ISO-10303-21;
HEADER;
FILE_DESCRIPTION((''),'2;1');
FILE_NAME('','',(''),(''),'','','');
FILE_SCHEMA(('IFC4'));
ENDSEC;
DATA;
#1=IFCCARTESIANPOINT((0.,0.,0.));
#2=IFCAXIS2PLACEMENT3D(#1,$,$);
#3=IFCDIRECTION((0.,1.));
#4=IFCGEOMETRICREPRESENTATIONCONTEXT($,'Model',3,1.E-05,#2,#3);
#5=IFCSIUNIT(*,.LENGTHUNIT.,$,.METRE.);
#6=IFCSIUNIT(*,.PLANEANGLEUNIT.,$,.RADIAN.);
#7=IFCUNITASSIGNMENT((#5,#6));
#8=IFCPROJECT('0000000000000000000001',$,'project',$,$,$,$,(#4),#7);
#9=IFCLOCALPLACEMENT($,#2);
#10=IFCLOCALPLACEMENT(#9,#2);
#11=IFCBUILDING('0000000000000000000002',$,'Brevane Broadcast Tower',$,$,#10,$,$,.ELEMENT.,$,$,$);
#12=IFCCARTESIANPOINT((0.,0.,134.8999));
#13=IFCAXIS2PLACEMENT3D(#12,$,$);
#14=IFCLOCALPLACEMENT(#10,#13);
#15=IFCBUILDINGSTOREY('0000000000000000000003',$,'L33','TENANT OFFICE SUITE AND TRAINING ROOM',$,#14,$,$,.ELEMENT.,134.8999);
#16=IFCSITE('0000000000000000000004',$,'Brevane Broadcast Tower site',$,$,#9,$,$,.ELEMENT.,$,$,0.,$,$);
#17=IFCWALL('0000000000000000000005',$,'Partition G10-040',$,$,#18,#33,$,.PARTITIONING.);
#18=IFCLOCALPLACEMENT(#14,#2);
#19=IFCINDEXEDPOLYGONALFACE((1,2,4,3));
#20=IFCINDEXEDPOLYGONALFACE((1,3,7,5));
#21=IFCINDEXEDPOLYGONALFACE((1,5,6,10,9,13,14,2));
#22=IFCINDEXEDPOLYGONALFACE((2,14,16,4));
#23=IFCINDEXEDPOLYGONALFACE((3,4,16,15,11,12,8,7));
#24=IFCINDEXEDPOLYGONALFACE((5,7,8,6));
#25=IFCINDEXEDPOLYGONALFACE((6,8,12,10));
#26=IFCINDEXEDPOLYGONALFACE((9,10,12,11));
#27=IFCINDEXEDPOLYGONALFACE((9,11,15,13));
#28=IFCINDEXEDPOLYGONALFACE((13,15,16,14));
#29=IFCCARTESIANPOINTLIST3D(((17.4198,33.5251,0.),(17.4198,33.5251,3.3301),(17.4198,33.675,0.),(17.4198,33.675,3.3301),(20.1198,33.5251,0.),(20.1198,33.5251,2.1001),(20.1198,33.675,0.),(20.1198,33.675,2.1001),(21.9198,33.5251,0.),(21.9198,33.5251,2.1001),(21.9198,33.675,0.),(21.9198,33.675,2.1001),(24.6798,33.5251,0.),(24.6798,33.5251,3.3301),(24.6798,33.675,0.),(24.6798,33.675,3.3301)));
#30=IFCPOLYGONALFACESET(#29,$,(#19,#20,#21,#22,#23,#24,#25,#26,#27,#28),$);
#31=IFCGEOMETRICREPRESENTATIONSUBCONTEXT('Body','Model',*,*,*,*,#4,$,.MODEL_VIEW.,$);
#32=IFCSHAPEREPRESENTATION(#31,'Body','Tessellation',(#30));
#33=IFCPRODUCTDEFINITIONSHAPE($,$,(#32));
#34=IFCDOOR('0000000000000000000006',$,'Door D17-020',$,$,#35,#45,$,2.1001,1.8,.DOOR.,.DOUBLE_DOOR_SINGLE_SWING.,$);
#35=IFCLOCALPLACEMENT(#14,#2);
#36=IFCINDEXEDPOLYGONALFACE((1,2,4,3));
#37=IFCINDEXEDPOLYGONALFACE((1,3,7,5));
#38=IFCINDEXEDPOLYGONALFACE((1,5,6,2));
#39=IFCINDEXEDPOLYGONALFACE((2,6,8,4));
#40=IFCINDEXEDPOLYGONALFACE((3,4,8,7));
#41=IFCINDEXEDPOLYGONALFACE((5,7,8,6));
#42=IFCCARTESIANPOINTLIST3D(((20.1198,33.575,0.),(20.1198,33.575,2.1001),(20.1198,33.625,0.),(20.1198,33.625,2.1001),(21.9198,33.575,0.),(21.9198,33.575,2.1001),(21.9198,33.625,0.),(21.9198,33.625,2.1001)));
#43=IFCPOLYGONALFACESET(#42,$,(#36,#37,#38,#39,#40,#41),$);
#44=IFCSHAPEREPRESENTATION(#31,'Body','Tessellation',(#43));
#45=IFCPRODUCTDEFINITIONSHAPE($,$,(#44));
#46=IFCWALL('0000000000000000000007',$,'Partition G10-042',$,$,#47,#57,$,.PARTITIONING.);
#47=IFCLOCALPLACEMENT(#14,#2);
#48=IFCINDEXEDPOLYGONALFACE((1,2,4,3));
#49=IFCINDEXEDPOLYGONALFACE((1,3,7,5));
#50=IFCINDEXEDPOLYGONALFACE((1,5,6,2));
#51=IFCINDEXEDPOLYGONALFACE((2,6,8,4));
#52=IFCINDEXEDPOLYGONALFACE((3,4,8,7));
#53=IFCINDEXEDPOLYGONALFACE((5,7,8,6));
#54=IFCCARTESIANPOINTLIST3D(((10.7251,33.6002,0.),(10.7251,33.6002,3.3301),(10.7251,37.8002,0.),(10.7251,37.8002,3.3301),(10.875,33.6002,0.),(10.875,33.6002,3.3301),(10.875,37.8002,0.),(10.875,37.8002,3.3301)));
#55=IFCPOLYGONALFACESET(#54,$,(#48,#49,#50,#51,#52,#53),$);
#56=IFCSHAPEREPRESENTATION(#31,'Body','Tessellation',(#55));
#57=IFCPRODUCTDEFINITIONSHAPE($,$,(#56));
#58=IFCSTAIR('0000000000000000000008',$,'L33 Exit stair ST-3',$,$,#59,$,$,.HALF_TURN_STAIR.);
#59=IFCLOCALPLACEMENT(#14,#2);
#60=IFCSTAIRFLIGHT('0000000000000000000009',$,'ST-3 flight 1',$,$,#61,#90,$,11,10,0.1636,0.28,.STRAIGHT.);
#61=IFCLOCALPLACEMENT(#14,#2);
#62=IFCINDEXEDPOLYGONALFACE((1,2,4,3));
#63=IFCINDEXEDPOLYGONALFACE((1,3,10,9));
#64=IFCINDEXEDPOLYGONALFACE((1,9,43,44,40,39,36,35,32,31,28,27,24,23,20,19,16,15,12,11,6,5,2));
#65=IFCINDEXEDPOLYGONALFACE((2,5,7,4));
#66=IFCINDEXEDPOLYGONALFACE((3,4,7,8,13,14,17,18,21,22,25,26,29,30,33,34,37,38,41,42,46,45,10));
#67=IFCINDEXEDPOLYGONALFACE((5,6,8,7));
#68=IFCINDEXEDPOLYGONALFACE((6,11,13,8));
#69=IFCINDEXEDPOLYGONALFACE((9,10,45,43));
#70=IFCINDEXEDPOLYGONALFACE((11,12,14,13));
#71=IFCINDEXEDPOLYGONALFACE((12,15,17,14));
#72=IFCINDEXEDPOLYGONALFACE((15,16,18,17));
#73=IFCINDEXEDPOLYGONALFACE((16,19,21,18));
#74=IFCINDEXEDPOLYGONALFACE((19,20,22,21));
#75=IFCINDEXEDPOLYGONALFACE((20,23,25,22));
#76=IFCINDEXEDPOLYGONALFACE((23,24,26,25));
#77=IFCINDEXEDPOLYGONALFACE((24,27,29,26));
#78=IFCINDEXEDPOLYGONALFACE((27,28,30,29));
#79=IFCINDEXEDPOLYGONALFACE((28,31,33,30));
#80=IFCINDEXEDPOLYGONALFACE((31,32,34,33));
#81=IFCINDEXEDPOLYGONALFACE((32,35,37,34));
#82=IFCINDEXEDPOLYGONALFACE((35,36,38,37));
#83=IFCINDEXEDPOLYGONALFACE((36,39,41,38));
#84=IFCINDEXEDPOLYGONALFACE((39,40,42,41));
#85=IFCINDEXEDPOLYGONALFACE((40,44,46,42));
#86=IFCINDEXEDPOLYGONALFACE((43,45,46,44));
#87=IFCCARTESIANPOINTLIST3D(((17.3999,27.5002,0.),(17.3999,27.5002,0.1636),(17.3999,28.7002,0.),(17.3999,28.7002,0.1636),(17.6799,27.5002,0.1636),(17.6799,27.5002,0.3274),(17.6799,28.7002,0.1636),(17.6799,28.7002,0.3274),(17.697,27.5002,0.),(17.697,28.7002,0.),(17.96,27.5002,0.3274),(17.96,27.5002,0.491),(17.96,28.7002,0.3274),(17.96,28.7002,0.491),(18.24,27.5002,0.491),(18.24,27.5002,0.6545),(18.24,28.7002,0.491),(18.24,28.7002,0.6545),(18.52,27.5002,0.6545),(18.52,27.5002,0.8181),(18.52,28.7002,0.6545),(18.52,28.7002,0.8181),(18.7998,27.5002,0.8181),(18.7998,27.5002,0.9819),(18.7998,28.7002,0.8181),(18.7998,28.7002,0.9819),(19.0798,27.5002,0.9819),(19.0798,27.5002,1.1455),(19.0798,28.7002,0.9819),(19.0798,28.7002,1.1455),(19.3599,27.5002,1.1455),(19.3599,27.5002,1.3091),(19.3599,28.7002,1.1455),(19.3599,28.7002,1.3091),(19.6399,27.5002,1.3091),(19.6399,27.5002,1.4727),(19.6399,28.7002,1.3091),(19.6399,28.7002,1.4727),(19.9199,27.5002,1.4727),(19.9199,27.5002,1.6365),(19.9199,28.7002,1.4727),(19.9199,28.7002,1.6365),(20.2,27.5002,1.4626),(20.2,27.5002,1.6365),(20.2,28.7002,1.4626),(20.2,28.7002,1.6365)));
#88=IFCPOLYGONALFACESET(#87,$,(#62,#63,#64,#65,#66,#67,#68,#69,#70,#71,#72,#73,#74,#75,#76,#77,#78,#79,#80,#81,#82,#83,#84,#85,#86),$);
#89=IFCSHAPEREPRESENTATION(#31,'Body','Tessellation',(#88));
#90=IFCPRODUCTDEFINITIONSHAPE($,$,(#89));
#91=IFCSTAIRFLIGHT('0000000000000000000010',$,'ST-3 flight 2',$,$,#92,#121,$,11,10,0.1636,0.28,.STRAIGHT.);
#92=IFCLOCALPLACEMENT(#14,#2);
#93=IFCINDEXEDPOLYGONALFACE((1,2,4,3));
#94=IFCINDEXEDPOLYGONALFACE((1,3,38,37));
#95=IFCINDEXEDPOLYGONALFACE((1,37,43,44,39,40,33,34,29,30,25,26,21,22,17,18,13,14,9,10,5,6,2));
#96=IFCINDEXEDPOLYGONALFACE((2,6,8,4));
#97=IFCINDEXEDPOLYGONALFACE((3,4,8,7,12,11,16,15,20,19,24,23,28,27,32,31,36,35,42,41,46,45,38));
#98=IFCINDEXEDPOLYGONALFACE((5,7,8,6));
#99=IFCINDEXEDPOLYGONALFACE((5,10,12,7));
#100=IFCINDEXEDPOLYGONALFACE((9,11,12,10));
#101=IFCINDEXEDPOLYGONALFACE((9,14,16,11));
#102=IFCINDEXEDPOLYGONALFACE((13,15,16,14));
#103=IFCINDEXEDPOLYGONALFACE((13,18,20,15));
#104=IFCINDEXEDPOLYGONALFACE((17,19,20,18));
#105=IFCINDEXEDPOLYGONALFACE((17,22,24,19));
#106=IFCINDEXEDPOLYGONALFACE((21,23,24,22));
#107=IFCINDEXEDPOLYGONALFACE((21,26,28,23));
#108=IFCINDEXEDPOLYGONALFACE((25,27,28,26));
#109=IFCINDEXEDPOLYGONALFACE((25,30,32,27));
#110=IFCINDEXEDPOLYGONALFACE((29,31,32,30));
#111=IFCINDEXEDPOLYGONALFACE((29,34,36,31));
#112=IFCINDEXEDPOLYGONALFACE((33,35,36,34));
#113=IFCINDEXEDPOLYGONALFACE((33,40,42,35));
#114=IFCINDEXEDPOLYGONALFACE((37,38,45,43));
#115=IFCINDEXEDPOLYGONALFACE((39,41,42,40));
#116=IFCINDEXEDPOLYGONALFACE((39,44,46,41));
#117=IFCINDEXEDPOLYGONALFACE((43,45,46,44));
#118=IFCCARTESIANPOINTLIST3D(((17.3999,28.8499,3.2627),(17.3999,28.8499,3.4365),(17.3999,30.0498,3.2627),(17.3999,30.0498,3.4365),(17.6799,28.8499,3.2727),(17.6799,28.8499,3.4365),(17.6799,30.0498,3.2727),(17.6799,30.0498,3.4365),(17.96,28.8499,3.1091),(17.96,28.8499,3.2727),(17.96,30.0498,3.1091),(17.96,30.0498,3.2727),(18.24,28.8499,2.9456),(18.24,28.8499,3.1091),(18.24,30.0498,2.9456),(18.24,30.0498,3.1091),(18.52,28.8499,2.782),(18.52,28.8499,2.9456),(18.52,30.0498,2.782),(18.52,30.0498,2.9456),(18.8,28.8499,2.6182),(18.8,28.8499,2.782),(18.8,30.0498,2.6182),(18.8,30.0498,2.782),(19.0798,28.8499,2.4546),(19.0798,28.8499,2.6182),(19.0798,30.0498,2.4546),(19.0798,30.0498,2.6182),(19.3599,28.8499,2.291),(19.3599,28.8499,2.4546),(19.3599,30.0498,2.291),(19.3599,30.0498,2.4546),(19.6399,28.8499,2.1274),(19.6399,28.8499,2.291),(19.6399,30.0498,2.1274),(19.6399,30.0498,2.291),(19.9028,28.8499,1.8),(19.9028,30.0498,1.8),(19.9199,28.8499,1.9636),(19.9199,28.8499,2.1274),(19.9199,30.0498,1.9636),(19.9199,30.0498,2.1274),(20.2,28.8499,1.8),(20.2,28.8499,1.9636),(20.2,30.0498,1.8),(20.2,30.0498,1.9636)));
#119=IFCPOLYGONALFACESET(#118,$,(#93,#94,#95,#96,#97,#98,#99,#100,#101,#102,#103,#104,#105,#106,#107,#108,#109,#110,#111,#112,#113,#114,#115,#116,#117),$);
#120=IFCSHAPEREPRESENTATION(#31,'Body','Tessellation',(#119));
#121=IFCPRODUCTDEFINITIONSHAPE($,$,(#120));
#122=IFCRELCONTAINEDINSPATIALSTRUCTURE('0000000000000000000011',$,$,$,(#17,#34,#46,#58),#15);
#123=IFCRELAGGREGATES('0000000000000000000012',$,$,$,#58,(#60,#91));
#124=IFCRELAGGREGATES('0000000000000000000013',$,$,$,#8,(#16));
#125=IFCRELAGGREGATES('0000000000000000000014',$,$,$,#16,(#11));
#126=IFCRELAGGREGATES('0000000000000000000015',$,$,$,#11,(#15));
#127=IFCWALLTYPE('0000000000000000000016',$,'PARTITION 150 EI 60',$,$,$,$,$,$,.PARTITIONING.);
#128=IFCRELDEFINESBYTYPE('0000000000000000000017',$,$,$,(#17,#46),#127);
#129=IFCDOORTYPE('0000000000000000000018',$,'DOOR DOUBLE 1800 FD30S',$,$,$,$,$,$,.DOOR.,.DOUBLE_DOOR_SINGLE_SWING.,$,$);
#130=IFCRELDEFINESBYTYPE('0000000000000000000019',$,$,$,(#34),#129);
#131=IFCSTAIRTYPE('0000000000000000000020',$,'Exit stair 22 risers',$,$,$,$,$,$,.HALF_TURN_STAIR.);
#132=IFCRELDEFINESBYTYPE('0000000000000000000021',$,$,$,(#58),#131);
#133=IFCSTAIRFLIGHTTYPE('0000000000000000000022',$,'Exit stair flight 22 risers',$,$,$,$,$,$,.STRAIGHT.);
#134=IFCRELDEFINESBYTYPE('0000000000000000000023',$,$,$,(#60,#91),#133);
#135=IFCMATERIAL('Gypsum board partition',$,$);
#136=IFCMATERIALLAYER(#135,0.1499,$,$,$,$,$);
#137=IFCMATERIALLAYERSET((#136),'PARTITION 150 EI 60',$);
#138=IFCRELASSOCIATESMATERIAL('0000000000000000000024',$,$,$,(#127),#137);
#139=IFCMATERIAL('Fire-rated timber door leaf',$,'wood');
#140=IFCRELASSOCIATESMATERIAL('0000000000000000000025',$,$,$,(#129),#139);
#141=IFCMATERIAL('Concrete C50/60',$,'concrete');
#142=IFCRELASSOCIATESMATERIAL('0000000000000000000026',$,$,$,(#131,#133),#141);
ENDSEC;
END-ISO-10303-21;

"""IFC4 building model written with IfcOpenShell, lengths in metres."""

from ifc_helpers import new_model, si_unit, direction, frame, frame_2d, origin, place, context, subcontext, project, spatial, polyline, rectangle, outline, extrude, material, layer, layer_set, type_object, element, fill, aggregate, save


model = new_model("IFC4")

# Units and contexts
model_context = context("Model", 3, precision=1e-05, world=origin(), true_north=direction((0.0, 1.0)))
body_context = subcontext(model_context, "Body", "Model", "MODEL_VIEW")
ifc_project = project(units=[si_unit("LENGTHUNIT", "METRE"), si_unit("PLANEANGLEUNIT", "RADIAN")], contexts=[model_context])

# Site, building, storey
site_placement = place(None, origin())
site = spatial("IfcSite", under=ifc_project, at=site_placement, Name="Brevane Broadcast Tower site", CompositionType="ELEMENT", RefElevation=0.0)
building_placement = place(site_placement, origin())
building = spatial("IfcBuilding", under=site, at=building_placement, Name="Brevane Broadcast Tower", CompositionType="ELEMENT")
storey_placement = place(building_placement, frame((0.0, 0.0, 134.8999)))
storey = spatial("IfcBuildingStorey", under=building, at=storey_placement, Name="L33", Description="TENANT OFFICE SUITE AND TRAINING ROOM", CompositionType="ELEMENT", Elevation=134.8999)

# Shared definitions
ifc_material_1 = material(Name="Gypsum board partition")
ifc_layer_1 = layer(ifc_material_1, 0.1499)
ifc_layer_set_1 = layer_set([ifc_layer_1], Name="PARTITION 150 EI 60")
wall_type_1 = type_object("IfcWallType", Name="PARTITION 150 EI 60", PredefinedType="PARTITIONING", material=ifc_layer_set_1)
ifc_material_2 = material(Name="Fire-rated timber door leaf", Category="wood")

# Wall, opening, door
wall_1_placement = place(storey_placement, frame((17.4199, 33.6001, 0.0), z_axis=(0.0, 0.0, 1.0), x_axis=(1.0, 0.0, 0.0)))
wall_1 = element("IfcWall", 1, at=wall_1_placement, inside=storey, type_object=wall_type_1, Name="Partition G10-040", PredefinedType="PARTITIONING", context=body_context, shape_type="SweptSolid", body=[
    extrude(rectangle(XDim=7.26, YDim=0.1499, at=frame_2d((3.6299, 0.0))), origin(), (0.0, 0.0, 1.0), 3.3301),
])
opening_1_placement = place(wall_1_placement, frame((2.7, 0.0, 0.0)))
opening_1 = element("IfcOpeningElement", 2, at=opening_1_placement, cuts=wall_1, PredefinedType="OPENING", context=body_context, shape_type="SweptSolid", body=[
    extrude(rectangle(XDim=1.8, YDim=2.1001, at=frame_2d((0.8999, 1.05))), frame((0.0, 0.085, 0.0), z_axis=(0.0, -1.0, 0.0), x_axis=(1.0, 0.0, 0.0)), (0.0, 0.0, 1.0), 0.1699),
])
door_type_1 = type_object("IfcDoorType", Name="DOOR DOUBLE 1800 FD30S", OperationType="DOUBLE_DOOR_SINGLE_SWING", PredefinedType="DOOR", material=ifc_material_2)
door_1_placement = place(opening_1_placement, origin())
door_1 = element("IfcDoor", 3, at=door_1_placement, inside=storey, type_object=door_type_1, Name="Door D17-020", OperationType="DOUBLE_DOOR_SINGLE_SWING", OverallHeight=2.1001, OverallWidth=1.8, PredefinedType="DOOR", context=body_context, shape_type="SweptSolid", body=[
    extrude(rectangle(XDim=1.8, YDim=2.1001, at=frame_2d((0.8999, 1.05))), frame((0.0, 0.0249, 0.0), z_axis=(0.0, -1.0, 0.0), x_axis=(1.0, 0.0, 0.0)), (0.0, 0.0, 1.0), 0.05),
])
fill(opening_1, door_1)

# Wall
wall_2_placement = place(storey_placement, frame((10.8, 33.6001, 0.0), z_axis=(0.0, 0.0, 1.0), x_axis=(0.0, 1.0, 0.0)))
element("IfcWall", 4, at=wall_2_placement, inside=storey, type_object=wall_type_1, Name="Partition G10-042", PredefinedType="PARTITIONING", context=body_context, shape_type="SweptSolid", body=[
    extrude(rectangle(XDim=4.2, YDim=0.1499, at=frame_2d((2.1001, 0.0))), origin(), (0.0, 0.0, 1.0), 3.3301),
])

# Stair, stair flights
ifc_material_3 = material(Name="Concrete C50/60", Category="concrete")
stair_type = type_object("IfcStairType", Name="Exit stair 22 risers", PredefinedType="HALF_TURN_STAIR", material=ifc_material_3)
stair_placement = place(storey_placement, origin())
stair = element("IfcStair", 5, at=stair_placement, inside=storey, type_object=stair_type, Name="L33 Exit stair ST-3", PredefinedType="HALF_TURN_STAIR")
stair_flight_type = type_object("IfcStairFlightType", Name="Exit stair flight 22 risers", PredefinedType="STRAIGHT", material=ifc_material_3)
stair_flight_1_placement = place(storey_placement, frame((17.3999, 28.1001, 0.0), z_axis=(0.0, 0.0, 1.0), x_axis=(1.0, 0.0, 0.0)))
stair_flight_1 = element("IfcStairFlight", 6, at=stair_flight_1_placement, type_object=stair_flight_type, Name="ST-3 flight 1", NumberOfRisers=11, NumberOfTreads=10, PredefinedType="STRAIGHT", RiserHeight=0.1636, TreadLength=0.28, context=body_context, shape_type="SweptSolid", body=[
    extrude(outline(polyline([(0.0, 0.0), (0.0, 0.1636), (0.28, 0.1636), (0.28, 0.3274), (0.5601, 0.3274), (0.5601, 0.491), (0.8401, 0.491), (0.8401, 0.6545), (1.1201, 0.6545), (1.1201, 0.8181), (1.3999, 0.8181), (1.3999, 0.9819), (1.6799, 0.9819), (1.6799, 1.1455), (1.96, 1.1455), (1.96, 1.3091), (2.24, 1.3091), (2.24, 1.4727), (2.52, 1.4727), (2.52, 1.6365), (2.8, 1.6365), (2.8, 1.8), (2.8, 1.4626), (0.2971, 0.0), (0.0, 0.0)])), frame((0.0, 0.6001, 0.0), z_axis=(0.0, -1.0, 0.0), x_axis=(1.0, 0.0, 0.0)), (0.0, 0.0, 1.0), 1.2),
])
stair_flight_2_placement = place(storey_placement, frame((20.2, 29.45, 1.8), z_axis=(0.0, 0.0, 1.0), x_axis=(-1.0, 0.0, 0.0)))
stair_flight_2 = element("IfcStairFlight", 7, at=stair_flight_2_placement, type_object=stair_flight_type, Name="ST-3 flight 2", NumberOfRisers=11, NumberOfTreads=10, PredefinedType="STRAIGHT", RiserHeight=0.1636, TreadLength=0.28, context=body_context, shape_type="SweptSolid", body=[
    extrude(outline(polyline([(0.0, 0.0), (0.0, 0.1636), (0.28, 0.1636), (0.28, 0.3274), (0.5601, 0.3274), (0.5601, 0.491), (0.8401, 0.491), (0.8401, 0.6545), (1.1201, 0.6545), (1.1201, 0.8181), (1.3999, 0.8181), (1.3999, 0.9819), (1.6799, 0.9819), (1.6799, 1.1455), (1.96, 1.1455), (1.96, 1.3091), (2.24, 1.3091), (2.24, 1.4727), (2.52, 1.4727), (2.52, 1.6365), (2.8, 1.6365), (2.8, 1.8), (2.8, 1.4626), (0.2971, 0.0), (0.0, 0.0)])), frame((0.0, 0.6001, 0.0), z_axis=(0.0, -1.0, 0.0), x_axis=(1.0, 0.0, 0.0)), (0.0, 0.0, 1.0), 1.2),
])
aggregate(stair, [stair_flight_1, stair_flight_2])

save(model, "model.ifc")
